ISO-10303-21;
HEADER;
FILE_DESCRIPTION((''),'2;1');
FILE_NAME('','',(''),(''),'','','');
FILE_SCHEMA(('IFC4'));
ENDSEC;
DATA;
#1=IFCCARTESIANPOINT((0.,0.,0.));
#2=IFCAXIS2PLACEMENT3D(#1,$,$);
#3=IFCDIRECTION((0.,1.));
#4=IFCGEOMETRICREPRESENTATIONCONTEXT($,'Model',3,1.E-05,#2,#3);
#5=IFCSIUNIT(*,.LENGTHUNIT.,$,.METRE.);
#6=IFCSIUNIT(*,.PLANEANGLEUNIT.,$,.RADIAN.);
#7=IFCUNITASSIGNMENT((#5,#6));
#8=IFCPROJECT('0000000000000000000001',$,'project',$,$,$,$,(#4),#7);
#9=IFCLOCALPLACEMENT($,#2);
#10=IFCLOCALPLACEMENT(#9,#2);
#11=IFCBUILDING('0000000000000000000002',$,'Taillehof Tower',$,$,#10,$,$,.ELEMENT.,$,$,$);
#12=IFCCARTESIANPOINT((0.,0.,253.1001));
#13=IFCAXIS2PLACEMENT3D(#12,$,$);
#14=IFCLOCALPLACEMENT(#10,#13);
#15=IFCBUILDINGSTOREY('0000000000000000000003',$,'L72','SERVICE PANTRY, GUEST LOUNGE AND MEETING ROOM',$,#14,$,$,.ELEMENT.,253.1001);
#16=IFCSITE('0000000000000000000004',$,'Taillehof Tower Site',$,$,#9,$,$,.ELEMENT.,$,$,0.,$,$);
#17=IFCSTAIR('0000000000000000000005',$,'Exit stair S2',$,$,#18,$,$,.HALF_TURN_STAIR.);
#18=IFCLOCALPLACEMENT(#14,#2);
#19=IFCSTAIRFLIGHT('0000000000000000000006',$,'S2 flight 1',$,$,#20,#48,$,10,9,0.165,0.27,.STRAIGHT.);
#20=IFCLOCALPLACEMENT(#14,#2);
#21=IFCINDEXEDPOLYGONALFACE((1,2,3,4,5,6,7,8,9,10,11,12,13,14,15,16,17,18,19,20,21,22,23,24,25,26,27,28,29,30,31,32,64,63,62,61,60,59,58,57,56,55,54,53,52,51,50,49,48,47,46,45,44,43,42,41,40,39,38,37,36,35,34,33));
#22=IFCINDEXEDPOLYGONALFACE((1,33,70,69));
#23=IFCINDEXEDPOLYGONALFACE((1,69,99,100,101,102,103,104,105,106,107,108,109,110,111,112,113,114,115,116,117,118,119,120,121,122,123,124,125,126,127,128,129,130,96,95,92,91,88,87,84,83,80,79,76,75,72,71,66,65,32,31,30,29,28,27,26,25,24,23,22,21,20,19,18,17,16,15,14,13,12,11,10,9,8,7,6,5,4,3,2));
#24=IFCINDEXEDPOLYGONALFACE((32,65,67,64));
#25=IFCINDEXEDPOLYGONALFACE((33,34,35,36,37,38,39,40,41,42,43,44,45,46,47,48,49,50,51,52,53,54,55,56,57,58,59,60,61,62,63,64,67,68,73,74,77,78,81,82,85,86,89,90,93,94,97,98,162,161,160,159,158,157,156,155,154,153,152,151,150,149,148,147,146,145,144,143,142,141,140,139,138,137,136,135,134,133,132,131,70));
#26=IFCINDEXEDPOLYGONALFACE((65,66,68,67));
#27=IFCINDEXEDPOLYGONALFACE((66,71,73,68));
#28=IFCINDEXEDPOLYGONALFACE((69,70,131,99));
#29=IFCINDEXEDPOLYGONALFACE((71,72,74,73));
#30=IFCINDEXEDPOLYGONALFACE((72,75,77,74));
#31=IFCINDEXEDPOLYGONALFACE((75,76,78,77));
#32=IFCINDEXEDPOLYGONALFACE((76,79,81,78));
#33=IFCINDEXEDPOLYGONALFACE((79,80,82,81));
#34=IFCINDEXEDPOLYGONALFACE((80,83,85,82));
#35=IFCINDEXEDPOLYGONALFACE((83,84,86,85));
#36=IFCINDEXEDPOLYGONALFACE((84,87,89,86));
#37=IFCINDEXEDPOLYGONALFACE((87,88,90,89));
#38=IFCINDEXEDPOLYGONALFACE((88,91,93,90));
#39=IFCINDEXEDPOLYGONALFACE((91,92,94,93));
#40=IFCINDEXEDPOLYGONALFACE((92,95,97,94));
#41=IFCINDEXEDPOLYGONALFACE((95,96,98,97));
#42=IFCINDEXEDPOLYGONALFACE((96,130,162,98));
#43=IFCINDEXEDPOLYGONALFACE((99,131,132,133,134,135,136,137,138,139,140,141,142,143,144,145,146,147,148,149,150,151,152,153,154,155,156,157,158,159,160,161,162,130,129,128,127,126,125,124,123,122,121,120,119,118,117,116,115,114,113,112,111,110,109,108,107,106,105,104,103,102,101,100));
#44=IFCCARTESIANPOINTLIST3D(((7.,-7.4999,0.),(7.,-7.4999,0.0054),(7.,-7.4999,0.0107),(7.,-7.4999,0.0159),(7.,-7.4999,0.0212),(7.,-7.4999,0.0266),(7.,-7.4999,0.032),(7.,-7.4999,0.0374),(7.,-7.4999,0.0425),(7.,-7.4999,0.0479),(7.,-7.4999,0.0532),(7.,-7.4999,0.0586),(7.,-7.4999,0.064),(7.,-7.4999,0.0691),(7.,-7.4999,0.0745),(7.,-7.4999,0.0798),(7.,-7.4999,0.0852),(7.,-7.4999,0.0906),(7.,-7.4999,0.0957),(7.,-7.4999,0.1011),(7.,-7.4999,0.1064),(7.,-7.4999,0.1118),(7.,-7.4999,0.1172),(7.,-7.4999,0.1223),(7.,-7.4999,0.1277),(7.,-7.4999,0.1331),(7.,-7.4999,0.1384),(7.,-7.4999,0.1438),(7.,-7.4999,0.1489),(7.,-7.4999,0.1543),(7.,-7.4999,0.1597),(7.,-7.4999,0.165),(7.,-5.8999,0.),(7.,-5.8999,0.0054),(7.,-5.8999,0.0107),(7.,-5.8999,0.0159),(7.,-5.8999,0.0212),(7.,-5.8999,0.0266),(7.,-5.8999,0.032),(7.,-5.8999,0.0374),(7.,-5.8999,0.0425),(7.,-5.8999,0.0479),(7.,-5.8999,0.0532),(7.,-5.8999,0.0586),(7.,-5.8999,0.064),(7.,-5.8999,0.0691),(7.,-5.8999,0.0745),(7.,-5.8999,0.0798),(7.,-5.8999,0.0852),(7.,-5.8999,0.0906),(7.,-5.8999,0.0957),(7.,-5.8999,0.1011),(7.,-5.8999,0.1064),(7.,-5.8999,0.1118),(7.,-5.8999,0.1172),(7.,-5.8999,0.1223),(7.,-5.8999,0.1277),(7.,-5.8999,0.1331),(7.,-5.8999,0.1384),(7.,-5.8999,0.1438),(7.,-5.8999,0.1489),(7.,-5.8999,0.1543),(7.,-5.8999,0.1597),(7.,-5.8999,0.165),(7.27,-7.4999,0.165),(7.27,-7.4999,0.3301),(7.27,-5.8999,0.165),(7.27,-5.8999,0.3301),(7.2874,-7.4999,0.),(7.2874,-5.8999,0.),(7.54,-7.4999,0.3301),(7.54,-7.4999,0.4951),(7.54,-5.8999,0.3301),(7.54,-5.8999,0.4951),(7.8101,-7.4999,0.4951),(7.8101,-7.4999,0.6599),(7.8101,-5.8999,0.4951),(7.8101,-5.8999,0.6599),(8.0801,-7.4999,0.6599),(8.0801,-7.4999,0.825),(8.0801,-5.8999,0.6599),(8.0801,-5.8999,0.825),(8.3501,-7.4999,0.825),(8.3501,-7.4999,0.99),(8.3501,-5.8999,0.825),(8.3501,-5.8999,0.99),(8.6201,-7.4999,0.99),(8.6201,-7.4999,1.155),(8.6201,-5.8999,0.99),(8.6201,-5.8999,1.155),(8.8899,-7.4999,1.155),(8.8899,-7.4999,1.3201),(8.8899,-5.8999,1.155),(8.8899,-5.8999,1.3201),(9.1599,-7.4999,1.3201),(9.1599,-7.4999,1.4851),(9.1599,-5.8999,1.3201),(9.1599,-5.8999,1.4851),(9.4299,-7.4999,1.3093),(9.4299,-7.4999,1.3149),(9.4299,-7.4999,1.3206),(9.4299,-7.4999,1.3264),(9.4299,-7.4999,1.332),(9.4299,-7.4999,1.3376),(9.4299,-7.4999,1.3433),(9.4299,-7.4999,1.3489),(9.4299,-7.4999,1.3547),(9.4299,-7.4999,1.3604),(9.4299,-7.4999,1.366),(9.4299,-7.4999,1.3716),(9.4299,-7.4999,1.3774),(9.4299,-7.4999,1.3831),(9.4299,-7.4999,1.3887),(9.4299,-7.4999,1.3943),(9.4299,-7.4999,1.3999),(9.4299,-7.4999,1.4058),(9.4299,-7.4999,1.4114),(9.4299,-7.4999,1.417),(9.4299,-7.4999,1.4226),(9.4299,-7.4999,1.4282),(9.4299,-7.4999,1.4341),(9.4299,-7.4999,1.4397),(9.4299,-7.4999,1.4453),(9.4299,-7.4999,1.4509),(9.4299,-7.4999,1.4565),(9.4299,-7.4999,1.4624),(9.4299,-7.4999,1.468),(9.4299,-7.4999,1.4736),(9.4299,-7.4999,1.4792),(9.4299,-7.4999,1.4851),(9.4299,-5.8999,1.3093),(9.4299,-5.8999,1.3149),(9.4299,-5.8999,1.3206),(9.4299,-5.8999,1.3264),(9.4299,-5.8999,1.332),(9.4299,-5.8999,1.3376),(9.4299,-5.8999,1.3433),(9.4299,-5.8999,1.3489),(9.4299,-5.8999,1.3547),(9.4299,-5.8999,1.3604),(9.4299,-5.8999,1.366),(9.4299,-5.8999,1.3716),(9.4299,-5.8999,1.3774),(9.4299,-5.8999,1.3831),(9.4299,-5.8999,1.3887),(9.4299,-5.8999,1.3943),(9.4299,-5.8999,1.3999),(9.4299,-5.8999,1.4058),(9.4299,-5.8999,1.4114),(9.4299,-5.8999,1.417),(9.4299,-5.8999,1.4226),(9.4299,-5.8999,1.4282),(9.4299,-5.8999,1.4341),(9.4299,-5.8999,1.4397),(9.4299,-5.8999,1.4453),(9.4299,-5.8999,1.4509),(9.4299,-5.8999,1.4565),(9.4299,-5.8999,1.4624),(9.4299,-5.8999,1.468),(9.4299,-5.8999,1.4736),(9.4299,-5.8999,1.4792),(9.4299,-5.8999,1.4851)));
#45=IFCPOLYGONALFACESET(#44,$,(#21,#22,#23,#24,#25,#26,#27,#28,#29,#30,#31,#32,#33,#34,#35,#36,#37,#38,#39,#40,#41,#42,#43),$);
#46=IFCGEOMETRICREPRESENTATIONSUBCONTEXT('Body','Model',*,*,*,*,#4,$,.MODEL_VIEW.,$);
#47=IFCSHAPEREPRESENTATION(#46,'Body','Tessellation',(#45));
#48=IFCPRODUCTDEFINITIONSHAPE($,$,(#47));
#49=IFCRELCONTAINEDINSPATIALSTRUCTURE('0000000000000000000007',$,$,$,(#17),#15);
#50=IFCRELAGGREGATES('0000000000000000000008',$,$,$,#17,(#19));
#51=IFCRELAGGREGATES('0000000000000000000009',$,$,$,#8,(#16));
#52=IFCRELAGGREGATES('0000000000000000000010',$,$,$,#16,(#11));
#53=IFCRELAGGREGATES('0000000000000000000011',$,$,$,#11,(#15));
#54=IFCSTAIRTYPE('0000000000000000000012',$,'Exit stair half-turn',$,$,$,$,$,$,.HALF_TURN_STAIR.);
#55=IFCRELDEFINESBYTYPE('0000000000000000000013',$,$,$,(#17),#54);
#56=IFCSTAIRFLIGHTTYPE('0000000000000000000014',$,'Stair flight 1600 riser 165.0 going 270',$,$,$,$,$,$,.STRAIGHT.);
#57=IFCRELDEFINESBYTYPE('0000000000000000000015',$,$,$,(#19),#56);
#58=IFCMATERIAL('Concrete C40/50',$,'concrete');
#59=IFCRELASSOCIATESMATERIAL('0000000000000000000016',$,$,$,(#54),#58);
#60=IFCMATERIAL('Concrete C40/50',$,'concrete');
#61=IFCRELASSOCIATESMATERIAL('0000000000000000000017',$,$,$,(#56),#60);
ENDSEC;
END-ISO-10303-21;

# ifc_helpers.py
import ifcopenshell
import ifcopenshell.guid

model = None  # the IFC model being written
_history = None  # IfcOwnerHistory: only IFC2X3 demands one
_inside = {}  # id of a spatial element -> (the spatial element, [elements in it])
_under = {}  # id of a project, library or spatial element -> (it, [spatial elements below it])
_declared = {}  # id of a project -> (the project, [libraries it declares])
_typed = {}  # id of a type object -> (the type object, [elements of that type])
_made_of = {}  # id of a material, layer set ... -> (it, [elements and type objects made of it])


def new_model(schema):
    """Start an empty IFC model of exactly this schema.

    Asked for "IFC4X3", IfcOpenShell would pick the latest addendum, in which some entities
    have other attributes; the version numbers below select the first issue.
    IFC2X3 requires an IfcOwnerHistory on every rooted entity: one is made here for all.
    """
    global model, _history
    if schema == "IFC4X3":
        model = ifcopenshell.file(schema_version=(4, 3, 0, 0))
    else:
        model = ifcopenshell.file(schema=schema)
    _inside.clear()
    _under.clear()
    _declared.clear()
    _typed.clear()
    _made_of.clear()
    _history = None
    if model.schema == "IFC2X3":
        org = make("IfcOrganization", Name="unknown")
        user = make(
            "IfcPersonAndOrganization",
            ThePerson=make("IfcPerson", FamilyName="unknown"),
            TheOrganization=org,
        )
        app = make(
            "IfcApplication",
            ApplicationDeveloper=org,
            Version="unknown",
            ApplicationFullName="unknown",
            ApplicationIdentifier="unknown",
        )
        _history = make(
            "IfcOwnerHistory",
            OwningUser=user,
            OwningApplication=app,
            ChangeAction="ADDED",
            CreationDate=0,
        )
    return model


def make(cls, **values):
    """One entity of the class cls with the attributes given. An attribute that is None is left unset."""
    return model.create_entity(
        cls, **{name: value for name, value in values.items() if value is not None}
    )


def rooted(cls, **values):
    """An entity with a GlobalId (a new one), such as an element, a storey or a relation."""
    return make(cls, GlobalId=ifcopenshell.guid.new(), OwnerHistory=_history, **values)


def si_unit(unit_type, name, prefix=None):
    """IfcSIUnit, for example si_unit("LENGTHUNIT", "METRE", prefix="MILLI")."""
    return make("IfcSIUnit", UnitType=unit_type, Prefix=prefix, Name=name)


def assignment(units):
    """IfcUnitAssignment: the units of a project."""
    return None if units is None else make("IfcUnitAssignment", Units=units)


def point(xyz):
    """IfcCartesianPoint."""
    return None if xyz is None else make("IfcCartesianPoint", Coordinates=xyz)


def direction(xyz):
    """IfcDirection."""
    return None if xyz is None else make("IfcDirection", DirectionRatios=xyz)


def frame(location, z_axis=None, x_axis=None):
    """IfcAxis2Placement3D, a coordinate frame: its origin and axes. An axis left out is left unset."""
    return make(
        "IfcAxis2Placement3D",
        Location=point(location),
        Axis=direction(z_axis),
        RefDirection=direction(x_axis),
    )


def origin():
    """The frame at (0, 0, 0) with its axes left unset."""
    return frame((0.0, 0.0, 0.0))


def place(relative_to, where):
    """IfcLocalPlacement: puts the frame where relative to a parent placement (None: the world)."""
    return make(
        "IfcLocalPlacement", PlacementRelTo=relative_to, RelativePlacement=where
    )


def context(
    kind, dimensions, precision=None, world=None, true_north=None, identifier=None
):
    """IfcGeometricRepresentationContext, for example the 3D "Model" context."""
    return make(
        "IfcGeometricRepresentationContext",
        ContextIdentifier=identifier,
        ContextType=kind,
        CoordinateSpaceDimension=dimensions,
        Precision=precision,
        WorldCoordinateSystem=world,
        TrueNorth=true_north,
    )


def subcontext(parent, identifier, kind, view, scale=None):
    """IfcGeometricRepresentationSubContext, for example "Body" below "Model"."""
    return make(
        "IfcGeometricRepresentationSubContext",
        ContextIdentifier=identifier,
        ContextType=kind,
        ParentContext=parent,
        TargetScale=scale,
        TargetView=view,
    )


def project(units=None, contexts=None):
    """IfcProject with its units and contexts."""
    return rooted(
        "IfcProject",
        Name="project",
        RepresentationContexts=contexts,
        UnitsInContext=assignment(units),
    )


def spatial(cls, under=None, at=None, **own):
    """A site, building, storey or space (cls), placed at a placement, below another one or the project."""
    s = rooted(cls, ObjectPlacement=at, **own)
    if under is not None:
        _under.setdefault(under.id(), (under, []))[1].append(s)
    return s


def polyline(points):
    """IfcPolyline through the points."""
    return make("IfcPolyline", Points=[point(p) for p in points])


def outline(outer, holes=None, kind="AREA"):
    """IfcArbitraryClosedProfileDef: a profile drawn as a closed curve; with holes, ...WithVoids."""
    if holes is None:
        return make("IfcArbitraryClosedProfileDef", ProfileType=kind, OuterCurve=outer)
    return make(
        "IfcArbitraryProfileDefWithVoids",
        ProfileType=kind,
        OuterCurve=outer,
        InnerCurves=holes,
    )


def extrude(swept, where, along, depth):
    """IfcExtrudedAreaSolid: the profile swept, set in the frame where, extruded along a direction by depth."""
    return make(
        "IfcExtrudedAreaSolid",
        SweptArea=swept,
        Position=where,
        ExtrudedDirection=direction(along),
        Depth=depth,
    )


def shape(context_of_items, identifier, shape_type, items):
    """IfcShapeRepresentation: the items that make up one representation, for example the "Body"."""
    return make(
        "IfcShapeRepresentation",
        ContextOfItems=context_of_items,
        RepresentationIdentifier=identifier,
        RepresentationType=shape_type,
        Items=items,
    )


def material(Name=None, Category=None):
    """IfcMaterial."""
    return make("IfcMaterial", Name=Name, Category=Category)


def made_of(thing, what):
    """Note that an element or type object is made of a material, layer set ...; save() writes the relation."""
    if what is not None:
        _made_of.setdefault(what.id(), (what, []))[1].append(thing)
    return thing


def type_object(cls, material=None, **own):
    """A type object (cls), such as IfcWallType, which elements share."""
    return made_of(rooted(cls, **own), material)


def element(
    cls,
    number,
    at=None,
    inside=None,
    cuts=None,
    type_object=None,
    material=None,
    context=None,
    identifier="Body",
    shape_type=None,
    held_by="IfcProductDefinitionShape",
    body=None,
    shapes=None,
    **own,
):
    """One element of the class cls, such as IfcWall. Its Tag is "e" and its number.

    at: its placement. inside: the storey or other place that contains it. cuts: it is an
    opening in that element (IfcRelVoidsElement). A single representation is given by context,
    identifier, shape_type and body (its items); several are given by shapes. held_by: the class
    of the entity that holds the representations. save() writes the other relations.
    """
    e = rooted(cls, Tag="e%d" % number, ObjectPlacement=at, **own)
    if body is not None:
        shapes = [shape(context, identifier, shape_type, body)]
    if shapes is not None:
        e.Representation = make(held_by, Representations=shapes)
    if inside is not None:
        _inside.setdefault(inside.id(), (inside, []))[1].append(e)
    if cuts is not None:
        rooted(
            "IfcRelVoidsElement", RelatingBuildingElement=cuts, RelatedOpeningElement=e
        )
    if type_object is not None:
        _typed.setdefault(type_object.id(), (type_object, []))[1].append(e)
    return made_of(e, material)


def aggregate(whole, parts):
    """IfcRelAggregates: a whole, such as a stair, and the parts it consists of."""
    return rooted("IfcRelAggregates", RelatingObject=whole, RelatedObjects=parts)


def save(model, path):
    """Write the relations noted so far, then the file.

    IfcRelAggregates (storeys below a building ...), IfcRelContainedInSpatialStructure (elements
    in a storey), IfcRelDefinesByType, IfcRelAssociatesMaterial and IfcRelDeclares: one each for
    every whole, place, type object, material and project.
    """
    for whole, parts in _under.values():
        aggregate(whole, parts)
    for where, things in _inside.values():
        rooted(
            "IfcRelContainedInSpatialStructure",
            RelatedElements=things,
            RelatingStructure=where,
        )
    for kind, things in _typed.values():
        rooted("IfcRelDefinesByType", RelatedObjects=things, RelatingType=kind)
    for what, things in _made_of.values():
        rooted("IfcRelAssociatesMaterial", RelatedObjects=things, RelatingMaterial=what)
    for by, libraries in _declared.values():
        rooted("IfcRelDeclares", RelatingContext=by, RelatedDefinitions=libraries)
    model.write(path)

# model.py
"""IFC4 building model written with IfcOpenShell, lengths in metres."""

from ifc_helpers import new_model, si_unit, direction, frame, origin, place, context, subcontext, project, spatial, polyline, outline, extrude, material, type_object, element, aggregate, save


model = new_model("IFC4")

# Units and contexts
model_context = context("Model", 3, precision=1e-05, world=origin(), true_north=direction((0.0, 1.0)))
body_context = subcontext(model_context, "Body", "Model", "MODEL_VIEW")
ifc_project = project(units=[si_unit("LENGTHUNIT", "METRE"), si_unit("PLANEANGLEUNIT", "RADIAN")], contexts=[model_context])

# Site, building, storey
site_placement = place(None, origin())
site = spatial("IfcSite", under=ifc_project, at=site_placement, Name="Taillehof Tower Site", CompositionType="ELEMENT", RefElevation=0.0)
building_placement = place(site_placement, origin())
building = spatial("IfcBuilding", under=site, at=building_placement, Name="Taillehof Tower", CompositionType="ELEMENT")
storey_placement = place(building_placement, frame((0.0, 0.0, 253.1001)))
storey = spatial("IfcBuildingStorey", under=building, at=storey_placement, Name="L72", Description="SERVICE PANTRY, GUEST LOUNGE AND MEETING ROOM", CompositionType="ELEMENT", Elevation=253.1001)

# Stair, stair flight
ifc_material_1 = material(Name="Concrete C40/50", Category="concrete")
stair_type = type_object("IfcStairType", Name="Exit stair half-turn", PredefinedType="HALF_TURN_STAIR", material=ifc_material_1)
stair_placement = place(storey_placement, origin())
stair = element("IfcStair", 1, at=stair_placement, inside=storey, type_object=stair_type, Name="Exit stair S2", PredefinedType="HALF_TURN_STAIR")
ifc_material_2 = material(Name="Concrete C40/50", Category="concrete")
stair_flight_type = type_object("IfcStairFlightType", Name="Stair flight 1600 riser 165.0 going 270", PredefinedType="STRAIGHT", material=ifc_material_2)
stair_flight_placement = place(storey_placement, frame((7.0, -6.7, 0.0), z_axis=(0.0, 0.0, 1.0), x_axis=(1.0, 0.0, 0.0)))
stair_flight = element("IfcStairFlight", 2, at=stair_flight_placement, type_object=stair_flight_type, Name="S2 flight 1", NumberOfRisers=10, NumberOfTreads=9, PredefinedType="STRAIGHT", RiserHeight=0.165, TreadLength=0.27, context=body_context, shape_type="SweptSolid", body=[
    extrude(outline(polyline([(0.0, 0.0), (0.0, 0.0054), (0.0, 0.0107), (0.0, 0.0159), (0.0, 0.0212), (0.0, 0.0266), (0.0, 0.032), (0.0, 0.0374), (0.0, 0.0425), (0.0, 0.0479), (0.0, 0.0532), (0.0, 0.0586), (0.0, 0.064), (0.0, 0.0691), (0.0, 0.0745), (0.0, 0.0798), (0.0, 0.0852), (0.0, 0.0906), (0.0, 0.0957), (0.0, 0.1011), (0.0, 0.1064), (0.0, 0.1118), (0.0, 0.1172), (0.0, 0.1223), (0.0, 0.1277), (0.0, 0.1331), (0.0, 0.1384), (0.0, 0.1438), (0.0, 0.1489), (0.0, 0.1543), (0.0, 0.1597), (0.0, 0.165), (0.27, 0.165), (0.27, 0.3301), (0.54, 0.3301), (0.54, 0.4951), (0.8101, 0.4951), (0.8101, 0.6599), (1.0801, 0.6599), (1.0801, 0.825), (1.3501, 0.825), (1.3501, 0.99), (1.6201, 0.99), (1.6201, 1.155), (1.8899, 1.155), (1.8899, 1.3201), (2.1599, 1.3201), (2.1599, 1.4851), (2.4299, 1.4851), (2.4299, 1.4792), (2.4299, 1.4736), (2.4299, 1.468), (2.4299, 1.4624), (2.4299, 1.4565), (2.4299, 1.4509), (2.4299, 1.4453), (2.4299, 1.4397), (2.4299, 1.4341), (2.4299, 1.4282), (2.4299, 1.4226), (2.4299, 1.417), (2.4299, 1.4114), (2.4299, 1.4058), (2.4299, 1.3999), (2.4299, 1.3943), (2.4299, 1.3887), (2.4299, 1.3831), (2.4299, 1.3774), (2.4299, 1.3716), (2.4299, 1.366), (2.4299, 1.3604), (2.4299, 1.3547), (2.4299, 1.3489), (2.4299, 1.3433), (2.4299, 1.3376), (2.4299, 1.332), (2.4299, 1.3264), (2.4299, 1.3206), (2.4299, 1.3149), (2.4299, 1.3093), (0.2874, 0.0), (0.0, 0.0)])), frame((0.0, 0.8, 0.0), z_axis=(0.0, -1.0, 0.0), x_axis=(1.0, 0.0, 0.0)), (0.0, 0.0, 1.0), 1.6),
])
aggregate(stair, [stair_flight])

save(model, "model.ifc")
